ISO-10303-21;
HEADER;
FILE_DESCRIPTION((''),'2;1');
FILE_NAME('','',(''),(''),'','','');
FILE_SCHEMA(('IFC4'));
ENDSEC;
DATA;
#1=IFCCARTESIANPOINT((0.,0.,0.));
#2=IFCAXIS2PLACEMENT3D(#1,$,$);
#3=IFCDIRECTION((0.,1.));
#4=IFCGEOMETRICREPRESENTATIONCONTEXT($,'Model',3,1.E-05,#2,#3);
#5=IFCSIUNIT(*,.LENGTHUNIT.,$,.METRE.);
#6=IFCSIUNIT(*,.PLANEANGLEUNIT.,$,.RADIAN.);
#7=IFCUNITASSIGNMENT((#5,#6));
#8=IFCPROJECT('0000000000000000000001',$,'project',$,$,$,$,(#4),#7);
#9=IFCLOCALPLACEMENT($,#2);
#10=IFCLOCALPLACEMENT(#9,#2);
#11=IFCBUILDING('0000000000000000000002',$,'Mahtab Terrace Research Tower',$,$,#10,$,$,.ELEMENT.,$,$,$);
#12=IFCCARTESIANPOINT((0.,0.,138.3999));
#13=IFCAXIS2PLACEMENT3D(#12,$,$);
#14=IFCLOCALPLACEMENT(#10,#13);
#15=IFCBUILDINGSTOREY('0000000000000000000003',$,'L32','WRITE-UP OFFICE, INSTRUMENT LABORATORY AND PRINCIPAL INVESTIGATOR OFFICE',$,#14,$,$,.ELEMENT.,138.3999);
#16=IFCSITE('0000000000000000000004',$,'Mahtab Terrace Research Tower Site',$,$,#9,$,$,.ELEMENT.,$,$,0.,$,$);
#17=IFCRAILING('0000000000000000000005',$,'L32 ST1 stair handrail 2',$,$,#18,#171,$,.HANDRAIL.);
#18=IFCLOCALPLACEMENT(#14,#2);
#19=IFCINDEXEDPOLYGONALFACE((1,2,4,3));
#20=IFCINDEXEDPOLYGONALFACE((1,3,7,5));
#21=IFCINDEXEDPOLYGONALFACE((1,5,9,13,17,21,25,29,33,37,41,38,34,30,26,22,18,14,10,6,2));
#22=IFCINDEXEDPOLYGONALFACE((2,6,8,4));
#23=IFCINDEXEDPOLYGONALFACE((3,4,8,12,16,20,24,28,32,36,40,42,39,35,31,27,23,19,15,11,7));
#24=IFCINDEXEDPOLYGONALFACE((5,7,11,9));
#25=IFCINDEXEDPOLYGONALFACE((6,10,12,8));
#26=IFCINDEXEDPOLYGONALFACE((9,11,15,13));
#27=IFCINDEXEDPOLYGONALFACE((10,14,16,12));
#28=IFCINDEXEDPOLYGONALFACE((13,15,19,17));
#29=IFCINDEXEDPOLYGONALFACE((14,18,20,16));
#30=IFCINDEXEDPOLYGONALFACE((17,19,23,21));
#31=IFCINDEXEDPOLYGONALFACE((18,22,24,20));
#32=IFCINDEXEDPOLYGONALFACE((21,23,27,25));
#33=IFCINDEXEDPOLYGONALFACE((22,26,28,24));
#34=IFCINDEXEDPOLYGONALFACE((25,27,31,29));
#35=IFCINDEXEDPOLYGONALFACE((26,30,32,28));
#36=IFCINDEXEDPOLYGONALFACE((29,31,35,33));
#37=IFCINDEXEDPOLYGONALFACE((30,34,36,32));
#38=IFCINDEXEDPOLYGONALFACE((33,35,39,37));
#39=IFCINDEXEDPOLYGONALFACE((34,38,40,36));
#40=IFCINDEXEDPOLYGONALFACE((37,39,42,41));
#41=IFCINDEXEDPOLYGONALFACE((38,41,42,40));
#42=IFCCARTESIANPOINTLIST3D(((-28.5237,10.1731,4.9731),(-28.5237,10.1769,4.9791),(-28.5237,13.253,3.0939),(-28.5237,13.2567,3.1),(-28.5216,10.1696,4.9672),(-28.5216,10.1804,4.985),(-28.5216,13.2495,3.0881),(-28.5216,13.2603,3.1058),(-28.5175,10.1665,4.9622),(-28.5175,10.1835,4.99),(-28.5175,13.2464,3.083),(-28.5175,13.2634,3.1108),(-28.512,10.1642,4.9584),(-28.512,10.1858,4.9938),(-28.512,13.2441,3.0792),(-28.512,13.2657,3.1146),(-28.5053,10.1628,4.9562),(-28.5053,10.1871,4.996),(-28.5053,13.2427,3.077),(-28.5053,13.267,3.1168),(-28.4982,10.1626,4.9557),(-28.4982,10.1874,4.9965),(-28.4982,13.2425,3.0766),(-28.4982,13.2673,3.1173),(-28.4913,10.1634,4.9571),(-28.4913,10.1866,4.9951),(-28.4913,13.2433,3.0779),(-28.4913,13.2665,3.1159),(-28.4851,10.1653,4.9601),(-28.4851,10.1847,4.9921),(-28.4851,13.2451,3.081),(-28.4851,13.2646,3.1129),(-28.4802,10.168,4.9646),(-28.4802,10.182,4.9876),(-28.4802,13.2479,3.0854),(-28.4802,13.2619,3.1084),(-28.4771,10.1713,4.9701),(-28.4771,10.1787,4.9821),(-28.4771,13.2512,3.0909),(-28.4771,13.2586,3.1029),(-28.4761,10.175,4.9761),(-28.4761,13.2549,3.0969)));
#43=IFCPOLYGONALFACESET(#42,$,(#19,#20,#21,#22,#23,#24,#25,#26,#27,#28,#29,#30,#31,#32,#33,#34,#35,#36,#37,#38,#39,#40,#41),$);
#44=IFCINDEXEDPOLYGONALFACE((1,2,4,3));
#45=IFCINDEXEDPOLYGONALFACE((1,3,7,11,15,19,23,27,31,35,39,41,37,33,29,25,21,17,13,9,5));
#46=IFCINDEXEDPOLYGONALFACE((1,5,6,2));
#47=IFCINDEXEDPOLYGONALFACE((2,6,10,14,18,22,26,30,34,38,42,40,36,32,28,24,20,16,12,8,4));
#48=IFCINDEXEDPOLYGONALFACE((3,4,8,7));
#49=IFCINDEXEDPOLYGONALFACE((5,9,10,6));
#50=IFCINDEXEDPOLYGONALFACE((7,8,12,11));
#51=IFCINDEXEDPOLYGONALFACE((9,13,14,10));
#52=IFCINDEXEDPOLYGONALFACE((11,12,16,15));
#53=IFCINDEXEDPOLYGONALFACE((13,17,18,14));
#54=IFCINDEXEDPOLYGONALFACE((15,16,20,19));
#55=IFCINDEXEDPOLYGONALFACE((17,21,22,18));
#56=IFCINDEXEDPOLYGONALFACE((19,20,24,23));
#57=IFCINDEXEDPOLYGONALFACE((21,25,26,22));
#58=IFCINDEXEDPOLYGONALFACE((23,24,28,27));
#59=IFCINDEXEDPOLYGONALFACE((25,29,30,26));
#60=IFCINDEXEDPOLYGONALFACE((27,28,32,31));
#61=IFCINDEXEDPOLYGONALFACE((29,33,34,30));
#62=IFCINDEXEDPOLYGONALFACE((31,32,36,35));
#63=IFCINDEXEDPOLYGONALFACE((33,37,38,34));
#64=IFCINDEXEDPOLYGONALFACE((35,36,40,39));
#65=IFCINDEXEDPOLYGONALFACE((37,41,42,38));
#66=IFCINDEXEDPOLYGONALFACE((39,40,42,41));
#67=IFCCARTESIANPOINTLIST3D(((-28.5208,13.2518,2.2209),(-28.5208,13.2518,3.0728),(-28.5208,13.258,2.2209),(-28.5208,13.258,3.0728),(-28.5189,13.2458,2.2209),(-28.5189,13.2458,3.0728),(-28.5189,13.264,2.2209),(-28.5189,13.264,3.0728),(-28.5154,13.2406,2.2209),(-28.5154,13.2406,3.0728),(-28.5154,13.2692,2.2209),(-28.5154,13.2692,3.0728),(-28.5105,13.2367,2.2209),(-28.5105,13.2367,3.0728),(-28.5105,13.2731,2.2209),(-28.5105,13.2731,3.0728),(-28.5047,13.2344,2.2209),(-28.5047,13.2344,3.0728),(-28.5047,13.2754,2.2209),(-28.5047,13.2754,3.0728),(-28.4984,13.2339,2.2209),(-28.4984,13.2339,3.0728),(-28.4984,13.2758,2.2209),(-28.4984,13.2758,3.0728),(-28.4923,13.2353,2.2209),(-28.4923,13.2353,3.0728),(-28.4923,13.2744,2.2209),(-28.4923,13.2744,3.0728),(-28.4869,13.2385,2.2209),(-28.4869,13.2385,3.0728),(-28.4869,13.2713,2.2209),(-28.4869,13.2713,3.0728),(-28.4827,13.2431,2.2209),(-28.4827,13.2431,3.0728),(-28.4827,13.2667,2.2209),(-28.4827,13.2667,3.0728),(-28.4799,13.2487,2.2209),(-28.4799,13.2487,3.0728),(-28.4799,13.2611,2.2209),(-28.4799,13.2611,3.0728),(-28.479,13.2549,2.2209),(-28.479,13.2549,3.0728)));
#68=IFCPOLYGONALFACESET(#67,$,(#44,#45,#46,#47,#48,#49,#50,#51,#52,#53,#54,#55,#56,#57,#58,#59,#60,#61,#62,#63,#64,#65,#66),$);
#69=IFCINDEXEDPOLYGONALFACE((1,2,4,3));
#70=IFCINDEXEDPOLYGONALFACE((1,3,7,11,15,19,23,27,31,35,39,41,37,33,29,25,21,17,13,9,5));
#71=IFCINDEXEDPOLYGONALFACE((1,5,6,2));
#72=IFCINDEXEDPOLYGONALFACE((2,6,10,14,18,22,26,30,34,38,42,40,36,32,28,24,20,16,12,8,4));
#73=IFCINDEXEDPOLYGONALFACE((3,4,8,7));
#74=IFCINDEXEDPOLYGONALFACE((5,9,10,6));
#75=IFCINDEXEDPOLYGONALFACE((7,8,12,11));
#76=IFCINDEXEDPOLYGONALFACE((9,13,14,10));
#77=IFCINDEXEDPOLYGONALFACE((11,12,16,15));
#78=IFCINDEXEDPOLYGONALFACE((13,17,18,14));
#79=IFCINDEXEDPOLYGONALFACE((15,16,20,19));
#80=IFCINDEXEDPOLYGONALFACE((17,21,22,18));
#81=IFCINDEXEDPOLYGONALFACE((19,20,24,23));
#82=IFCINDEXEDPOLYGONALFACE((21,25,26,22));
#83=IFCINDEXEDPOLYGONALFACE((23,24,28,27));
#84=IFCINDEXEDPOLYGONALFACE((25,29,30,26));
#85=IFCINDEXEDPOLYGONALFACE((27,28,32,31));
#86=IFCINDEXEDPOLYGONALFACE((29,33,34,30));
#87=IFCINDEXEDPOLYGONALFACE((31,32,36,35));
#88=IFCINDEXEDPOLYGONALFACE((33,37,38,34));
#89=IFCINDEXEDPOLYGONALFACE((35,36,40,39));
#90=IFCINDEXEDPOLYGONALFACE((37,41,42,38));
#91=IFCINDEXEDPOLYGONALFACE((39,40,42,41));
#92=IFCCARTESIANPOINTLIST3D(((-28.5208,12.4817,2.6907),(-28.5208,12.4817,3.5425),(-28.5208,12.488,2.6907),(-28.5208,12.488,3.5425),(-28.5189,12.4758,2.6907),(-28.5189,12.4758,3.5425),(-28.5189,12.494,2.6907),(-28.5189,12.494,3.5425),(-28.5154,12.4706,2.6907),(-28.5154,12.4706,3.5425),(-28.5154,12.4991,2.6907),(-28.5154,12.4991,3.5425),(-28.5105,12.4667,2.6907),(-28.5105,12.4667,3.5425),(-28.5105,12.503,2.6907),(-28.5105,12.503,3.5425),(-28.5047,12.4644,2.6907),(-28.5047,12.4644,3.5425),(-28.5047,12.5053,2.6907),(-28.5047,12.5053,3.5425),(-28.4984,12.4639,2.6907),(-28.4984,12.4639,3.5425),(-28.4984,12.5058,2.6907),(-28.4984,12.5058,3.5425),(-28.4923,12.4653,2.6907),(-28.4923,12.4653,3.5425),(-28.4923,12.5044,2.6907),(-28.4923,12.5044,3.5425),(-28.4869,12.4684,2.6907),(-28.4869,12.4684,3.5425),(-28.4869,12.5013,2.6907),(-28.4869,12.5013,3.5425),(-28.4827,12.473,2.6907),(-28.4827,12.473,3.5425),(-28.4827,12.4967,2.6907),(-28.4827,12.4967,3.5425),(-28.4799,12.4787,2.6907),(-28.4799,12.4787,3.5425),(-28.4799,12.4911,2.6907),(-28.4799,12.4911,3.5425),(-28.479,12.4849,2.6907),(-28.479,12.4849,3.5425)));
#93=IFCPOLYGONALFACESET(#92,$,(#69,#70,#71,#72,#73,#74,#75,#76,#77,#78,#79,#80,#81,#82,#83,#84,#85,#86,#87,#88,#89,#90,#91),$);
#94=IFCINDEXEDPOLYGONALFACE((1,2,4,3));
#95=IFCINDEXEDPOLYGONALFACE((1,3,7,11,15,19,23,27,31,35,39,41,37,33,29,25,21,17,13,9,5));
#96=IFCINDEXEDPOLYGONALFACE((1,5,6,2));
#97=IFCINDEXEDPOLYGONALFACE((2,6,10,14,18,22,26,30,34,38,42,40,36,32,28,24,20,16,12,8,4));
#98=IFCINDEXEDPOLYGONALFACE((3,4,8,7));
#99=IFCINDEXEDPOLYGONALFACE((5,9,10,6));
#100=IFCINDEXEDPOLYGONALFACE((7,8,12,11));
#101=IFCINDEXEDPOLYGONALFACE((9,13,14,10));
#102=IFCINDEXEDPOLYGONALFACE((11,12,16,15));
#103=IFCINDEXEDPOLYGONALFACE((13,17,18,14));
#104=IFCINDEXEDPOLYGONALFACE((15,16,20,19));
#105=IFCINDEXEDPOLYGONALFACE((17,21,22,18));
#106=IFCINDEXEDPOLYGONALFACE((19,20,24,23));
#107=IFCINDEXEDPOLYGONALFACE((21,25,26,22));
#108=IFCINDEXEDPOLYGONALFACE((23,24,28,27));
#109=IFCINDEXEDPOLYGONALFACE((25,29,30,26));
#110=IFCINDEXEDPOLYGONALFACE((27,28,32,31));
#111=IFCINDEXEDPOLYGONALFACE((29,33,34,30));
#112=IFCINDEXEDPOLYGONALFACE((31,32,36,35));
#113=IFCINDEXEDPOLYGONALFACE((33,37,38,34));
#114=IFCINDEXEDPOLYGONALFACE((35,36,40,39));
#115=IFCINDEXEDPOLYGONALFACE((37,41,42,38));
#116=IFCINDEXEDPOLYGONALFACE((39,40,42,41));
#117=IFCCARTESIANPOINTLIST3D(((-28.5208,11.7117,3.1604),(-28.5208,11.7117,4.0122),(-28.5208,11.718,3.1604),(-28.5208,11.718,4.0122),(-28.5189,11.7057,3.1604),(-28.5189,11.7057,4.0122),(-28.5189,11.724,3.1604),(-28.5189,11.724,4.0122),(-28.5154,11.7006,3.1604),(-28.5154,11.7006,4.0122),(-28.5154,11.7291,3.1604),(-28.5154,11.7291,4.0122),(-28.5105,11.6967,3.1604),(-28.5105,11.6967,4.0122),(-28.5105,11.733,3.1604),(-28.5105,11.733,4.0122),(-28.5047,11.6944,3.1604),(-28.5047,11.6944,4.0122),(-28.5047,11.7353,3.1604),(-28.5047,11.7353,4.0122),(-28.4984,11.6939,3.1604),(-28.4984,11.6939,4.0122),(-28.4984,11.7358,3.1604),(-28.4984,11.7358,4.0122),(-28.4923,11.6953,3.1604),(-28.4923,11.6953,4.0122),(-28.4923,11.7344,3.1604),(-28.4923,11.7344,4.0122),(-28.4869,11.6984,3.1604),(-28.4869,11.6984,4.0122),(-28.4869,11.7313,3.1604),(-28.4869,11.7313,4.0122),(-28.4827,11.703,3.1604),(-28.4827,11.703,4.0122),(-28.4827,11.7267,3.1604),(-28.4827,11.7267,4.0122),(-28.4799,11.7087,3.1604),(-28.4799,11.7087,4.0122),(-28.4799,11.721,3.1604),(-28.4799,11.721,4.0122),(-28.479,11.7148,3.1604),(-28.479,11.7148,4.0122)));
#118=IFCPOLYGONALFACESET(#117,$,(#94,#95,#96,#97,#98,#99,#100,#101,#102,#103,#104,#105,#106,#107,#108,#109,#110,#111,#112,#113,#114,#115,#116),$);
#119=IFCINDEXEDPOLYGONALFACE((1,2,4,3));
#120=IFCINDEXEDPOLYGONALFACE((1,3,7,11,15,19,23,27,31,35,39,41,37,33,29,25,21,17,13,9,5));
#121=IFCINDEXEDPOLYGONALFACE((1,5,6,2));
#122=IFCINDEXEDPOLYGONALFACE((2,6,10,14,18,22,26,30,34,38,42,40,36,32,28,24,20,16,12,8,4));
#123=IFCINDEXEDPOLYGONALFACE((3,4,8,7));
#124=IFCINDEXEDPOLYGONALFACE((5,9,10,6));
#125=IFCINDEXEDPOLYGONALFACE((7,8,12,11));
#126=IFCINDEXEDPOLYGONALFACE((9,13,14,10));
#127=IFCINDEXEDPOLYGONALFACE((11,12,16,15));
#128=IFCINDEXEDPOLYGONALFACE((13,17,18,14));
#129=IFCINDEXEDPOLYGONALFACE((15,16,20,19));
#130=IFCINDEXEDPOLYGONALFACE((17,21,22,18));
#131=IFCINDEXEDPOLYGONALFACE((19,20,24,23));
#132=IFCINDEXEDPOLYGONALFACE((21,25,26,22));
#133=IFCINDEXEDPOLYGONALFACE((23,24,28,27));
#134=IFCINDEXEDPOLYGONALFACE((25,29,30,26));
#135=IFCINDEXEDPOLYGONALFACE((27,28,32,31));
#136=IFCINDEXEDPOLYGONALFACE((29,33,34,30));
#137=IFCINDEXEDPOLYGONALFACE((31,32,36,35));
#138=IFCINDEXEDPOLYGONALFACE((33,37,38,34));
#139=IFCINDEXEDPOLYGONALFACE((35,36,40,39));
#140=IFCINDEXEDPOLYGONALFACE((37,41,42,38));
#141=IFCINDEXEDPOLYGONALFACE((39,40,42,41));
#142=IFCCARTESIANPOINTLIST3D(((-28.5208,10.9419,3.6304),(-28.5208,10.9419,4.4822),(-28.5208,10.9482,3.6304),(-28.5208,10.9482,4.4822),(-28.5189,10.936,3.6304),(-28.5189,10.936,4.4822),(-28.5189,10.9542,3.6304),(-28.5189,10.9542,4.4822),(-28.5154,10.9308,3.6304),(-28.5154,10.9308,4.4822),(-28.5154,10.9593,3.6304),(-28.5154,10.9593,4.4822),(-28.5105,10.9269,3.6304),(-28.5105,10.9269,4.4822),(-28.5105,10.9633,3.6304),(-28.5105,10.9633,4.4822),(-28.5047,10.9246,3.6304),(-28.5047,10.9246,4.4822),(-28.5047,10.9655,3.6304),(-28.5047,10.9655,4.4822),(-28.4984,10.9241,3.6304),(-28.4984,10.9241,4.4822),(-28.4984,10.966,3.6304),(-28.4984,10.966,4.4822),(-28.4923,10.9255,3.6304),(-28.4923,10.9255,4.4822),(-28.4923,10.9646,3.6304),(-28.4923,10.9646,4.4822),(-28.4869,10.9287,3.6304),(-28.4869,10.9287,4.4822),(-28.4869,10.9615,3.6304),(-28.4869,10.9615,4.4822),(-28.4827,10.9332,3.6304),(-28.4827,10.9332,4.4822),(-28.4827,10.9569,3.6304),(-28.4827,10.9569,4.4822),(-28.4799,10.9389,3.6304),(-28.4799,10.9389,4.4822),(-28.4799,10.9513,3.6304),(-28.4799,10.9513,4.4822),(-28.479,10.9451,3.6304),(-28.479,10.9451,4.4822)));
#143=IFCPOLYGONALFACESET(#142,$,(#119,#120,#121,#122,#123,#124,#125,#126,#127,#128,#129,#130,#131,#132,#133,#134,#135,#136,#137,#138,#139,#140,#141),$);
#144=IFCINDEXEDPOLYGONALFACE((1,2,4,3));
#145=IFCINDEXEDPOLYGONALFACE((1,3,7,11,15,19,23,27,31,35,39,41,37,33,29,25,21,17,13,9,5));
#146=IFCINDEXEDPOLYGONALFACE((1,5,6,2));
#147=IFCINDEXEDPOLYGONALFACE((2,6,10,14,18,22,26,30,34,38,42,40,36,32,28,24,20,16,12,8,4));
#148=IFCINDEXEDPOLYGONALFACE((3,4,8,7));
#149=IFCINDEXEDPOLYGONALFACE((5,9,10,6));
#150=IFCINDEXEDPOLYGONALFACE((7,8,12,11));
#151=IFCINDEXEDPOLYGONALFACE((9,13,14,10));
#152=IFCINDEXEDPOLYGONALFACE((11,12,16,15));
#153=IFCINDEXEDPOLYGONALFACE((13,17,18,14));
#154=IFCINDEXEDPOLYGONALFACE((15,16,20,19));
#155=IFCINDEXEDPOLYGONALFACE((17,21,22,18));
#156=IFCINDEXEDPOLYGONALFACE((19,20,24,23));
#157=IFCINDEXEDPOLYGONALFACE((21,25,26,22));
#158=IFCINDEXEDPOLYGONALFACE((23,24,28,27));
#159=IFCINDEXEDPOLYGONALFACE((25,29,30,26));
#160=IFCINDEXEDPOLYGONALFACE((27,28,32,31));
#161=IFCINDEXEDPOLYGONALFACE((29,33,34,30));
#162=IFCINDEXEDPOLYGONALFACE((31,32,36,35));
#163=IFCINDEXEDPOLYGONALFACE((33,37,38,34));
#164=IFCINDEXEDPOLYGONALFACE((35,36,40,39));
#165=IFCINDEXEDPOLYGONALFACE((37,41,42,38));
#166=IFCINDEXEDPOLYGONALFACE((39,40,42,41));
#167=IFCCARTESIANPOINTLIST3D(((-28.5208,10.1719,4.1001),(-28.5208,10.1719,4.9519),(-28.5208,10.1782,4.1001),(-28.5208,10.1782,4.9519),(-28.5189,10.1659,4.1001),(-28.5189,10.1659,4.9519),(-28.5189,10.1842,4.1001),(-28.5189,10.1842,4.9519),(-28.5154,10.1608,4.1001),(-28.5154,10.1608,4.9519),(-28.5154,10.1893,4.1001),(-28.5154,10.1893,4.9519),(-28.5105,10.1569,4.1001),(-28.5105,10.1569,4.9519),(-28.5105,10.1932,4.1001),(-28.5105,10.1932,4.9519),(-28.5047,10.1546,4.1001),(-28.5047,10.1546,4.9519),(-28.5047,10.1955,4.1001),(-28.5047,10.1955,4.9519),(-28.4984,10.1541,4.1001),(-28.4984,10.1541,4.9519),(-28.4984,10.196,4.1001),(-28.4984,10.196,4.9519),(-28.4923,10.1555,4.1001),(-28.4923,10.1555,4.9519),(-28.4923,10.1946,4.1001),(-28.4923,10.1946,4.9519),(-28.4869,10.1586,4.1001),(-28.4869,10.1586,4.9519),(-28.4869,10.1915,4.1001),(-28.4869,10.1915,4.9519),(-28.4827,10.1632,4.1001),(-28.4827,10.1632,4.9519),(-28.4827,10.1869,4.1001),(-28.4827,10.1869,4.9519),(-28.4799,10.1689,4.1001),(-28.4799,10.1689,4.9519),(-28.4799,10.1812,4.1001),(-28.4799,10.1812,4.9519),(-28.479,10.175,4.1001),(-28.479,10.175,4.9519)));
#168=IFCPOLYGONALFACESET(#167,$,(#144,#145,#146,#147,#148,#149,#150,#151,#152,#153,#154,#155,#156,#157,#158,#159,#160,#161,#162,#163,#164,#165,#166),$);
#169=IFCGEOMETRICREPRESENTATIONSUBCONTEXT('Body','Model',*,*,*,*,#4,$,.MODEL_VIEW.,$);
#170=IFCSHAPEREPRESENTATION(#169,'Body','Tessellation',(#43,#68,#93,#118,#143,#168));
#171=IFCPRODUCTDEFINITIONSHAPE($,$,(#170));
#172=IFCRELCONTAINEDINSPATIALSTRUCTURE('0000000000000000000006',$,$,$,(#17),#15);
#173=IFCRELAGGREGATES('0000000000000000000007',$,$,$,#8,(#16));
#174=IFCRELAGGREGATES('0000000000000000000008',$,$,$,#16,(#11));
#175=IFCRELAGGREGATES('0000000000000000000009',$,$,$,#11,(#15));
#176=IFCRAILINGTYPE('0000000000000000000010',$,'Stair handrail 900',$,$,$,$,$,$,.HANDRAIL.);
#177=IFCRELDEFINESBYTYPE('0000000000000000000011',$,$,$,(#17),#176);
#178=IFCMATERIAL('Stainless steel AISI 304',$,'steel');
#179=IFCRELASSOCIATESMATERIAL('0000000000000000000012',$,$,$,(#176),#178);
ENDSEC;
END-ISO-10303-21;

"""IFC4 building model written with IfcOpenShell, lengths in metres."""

from ifc_helpers import new_model, si_unit, direction, frame, origin, origin_2d, place, context, subcontext, project, spatial, circle, extrude, material, type_object, element, save


model = new_model("IFC4")

# Units and contexts
model_context = context("Model", 3, precision=1e-05, world=origin(), true_north=direction((0.0, 1.0)))
body_context = subcontext(model_context, "Body", "Model", "MODEL_VIEW")
ifc_project = project(units=[si_unit("LENGTHUNIT", "METRE"), si_unit("PLANEANGLEUNIT", "RADIAN")], contexts=[model_context])

# Site, building, storey
site_placement = place(None, origin())
site = spatial("IfcSite", under=ifc_project, at=site_placement, Name="Mahtab Terrace Research Tower Site", CompositionType="ELEMENT", RefElevation=0.0)
building_placement = place(site_placement, origin())
building = spatial("IfcBuilding", under=site, at=building_placement, Name="Mahtab Terrace Research Tower", CompositionType="ELEMENT")
storey_placement = place(building_placement, frame((0.0, 0.0, 138.3999)))
storey = spatial("IfcBuildingStorey", under=building, at=storey_placement, Name="L32", Description="WRITE-UP OFFICE, INSTRUMENT LABORATORY AND PRINCIPAL INVESTIGATOR OFFICE", CompositionType="ELEMENT", Elevation=138.3999)

# Shared definitions
ifc_material_1 = material(Name="Stainless steel AISI 304", Category="steel")

# Railing
railing_type_1 = type_object("IfcRailingType", Name="Stair handrail 900", PredefinedType="HANDRAIL", material=ifc_material_1)
railing_1_placement = place(storey_placement, frame((-28.5, 13.2549, 2.2209)))
element("IfcRailing", 1, at=railing_1_placement, inside=storey, type_object=railing_type_1, Name="L32 ST1 stair handrail 2", PredefinedType="HANDRAIL", context=body_context, shape_type="SweptSolid", body=[
    extrude(circle(Radius=0.0239, at=origin_2d()), frame((0.0, 0.0, 0.876), z_axis=(0.0, -0.853648, 0.52085), x_axis=(1.0, 0.0, 0.0)), (0.0, 0.0, 1.0), 3.6079),
    extrude(circle(Radius=0.021, at=origin_2d()), origin(), (0.0, 0.0, 1.0), 0.8518),
    extrude(circle(Radius=0.021, at=origin_2d()), frame((0.0, -0.77, 0.4697)), (0.0, 0.0, 1.0), 0.8518),
    extrude(circle(Radius=0.021, at=origin_2d()), frame((0.0, -1.54, 0.9395)), (0.0, 0.0, 1.0), 0.8518),
    extrude(circle(Radius=0.021, at=origin_2d()), frame((0.0, -2.3098, 1.4094)), (0.0, 0.0, 1.0), 0.8518),
    extrude(circle(Radius=0.021, at=origin_2d()), frame((0.0, -3.0798, 1.8792)), (0.0, 0.0, 1.0), 0.8518),
])

save(model, "model.ifc")
